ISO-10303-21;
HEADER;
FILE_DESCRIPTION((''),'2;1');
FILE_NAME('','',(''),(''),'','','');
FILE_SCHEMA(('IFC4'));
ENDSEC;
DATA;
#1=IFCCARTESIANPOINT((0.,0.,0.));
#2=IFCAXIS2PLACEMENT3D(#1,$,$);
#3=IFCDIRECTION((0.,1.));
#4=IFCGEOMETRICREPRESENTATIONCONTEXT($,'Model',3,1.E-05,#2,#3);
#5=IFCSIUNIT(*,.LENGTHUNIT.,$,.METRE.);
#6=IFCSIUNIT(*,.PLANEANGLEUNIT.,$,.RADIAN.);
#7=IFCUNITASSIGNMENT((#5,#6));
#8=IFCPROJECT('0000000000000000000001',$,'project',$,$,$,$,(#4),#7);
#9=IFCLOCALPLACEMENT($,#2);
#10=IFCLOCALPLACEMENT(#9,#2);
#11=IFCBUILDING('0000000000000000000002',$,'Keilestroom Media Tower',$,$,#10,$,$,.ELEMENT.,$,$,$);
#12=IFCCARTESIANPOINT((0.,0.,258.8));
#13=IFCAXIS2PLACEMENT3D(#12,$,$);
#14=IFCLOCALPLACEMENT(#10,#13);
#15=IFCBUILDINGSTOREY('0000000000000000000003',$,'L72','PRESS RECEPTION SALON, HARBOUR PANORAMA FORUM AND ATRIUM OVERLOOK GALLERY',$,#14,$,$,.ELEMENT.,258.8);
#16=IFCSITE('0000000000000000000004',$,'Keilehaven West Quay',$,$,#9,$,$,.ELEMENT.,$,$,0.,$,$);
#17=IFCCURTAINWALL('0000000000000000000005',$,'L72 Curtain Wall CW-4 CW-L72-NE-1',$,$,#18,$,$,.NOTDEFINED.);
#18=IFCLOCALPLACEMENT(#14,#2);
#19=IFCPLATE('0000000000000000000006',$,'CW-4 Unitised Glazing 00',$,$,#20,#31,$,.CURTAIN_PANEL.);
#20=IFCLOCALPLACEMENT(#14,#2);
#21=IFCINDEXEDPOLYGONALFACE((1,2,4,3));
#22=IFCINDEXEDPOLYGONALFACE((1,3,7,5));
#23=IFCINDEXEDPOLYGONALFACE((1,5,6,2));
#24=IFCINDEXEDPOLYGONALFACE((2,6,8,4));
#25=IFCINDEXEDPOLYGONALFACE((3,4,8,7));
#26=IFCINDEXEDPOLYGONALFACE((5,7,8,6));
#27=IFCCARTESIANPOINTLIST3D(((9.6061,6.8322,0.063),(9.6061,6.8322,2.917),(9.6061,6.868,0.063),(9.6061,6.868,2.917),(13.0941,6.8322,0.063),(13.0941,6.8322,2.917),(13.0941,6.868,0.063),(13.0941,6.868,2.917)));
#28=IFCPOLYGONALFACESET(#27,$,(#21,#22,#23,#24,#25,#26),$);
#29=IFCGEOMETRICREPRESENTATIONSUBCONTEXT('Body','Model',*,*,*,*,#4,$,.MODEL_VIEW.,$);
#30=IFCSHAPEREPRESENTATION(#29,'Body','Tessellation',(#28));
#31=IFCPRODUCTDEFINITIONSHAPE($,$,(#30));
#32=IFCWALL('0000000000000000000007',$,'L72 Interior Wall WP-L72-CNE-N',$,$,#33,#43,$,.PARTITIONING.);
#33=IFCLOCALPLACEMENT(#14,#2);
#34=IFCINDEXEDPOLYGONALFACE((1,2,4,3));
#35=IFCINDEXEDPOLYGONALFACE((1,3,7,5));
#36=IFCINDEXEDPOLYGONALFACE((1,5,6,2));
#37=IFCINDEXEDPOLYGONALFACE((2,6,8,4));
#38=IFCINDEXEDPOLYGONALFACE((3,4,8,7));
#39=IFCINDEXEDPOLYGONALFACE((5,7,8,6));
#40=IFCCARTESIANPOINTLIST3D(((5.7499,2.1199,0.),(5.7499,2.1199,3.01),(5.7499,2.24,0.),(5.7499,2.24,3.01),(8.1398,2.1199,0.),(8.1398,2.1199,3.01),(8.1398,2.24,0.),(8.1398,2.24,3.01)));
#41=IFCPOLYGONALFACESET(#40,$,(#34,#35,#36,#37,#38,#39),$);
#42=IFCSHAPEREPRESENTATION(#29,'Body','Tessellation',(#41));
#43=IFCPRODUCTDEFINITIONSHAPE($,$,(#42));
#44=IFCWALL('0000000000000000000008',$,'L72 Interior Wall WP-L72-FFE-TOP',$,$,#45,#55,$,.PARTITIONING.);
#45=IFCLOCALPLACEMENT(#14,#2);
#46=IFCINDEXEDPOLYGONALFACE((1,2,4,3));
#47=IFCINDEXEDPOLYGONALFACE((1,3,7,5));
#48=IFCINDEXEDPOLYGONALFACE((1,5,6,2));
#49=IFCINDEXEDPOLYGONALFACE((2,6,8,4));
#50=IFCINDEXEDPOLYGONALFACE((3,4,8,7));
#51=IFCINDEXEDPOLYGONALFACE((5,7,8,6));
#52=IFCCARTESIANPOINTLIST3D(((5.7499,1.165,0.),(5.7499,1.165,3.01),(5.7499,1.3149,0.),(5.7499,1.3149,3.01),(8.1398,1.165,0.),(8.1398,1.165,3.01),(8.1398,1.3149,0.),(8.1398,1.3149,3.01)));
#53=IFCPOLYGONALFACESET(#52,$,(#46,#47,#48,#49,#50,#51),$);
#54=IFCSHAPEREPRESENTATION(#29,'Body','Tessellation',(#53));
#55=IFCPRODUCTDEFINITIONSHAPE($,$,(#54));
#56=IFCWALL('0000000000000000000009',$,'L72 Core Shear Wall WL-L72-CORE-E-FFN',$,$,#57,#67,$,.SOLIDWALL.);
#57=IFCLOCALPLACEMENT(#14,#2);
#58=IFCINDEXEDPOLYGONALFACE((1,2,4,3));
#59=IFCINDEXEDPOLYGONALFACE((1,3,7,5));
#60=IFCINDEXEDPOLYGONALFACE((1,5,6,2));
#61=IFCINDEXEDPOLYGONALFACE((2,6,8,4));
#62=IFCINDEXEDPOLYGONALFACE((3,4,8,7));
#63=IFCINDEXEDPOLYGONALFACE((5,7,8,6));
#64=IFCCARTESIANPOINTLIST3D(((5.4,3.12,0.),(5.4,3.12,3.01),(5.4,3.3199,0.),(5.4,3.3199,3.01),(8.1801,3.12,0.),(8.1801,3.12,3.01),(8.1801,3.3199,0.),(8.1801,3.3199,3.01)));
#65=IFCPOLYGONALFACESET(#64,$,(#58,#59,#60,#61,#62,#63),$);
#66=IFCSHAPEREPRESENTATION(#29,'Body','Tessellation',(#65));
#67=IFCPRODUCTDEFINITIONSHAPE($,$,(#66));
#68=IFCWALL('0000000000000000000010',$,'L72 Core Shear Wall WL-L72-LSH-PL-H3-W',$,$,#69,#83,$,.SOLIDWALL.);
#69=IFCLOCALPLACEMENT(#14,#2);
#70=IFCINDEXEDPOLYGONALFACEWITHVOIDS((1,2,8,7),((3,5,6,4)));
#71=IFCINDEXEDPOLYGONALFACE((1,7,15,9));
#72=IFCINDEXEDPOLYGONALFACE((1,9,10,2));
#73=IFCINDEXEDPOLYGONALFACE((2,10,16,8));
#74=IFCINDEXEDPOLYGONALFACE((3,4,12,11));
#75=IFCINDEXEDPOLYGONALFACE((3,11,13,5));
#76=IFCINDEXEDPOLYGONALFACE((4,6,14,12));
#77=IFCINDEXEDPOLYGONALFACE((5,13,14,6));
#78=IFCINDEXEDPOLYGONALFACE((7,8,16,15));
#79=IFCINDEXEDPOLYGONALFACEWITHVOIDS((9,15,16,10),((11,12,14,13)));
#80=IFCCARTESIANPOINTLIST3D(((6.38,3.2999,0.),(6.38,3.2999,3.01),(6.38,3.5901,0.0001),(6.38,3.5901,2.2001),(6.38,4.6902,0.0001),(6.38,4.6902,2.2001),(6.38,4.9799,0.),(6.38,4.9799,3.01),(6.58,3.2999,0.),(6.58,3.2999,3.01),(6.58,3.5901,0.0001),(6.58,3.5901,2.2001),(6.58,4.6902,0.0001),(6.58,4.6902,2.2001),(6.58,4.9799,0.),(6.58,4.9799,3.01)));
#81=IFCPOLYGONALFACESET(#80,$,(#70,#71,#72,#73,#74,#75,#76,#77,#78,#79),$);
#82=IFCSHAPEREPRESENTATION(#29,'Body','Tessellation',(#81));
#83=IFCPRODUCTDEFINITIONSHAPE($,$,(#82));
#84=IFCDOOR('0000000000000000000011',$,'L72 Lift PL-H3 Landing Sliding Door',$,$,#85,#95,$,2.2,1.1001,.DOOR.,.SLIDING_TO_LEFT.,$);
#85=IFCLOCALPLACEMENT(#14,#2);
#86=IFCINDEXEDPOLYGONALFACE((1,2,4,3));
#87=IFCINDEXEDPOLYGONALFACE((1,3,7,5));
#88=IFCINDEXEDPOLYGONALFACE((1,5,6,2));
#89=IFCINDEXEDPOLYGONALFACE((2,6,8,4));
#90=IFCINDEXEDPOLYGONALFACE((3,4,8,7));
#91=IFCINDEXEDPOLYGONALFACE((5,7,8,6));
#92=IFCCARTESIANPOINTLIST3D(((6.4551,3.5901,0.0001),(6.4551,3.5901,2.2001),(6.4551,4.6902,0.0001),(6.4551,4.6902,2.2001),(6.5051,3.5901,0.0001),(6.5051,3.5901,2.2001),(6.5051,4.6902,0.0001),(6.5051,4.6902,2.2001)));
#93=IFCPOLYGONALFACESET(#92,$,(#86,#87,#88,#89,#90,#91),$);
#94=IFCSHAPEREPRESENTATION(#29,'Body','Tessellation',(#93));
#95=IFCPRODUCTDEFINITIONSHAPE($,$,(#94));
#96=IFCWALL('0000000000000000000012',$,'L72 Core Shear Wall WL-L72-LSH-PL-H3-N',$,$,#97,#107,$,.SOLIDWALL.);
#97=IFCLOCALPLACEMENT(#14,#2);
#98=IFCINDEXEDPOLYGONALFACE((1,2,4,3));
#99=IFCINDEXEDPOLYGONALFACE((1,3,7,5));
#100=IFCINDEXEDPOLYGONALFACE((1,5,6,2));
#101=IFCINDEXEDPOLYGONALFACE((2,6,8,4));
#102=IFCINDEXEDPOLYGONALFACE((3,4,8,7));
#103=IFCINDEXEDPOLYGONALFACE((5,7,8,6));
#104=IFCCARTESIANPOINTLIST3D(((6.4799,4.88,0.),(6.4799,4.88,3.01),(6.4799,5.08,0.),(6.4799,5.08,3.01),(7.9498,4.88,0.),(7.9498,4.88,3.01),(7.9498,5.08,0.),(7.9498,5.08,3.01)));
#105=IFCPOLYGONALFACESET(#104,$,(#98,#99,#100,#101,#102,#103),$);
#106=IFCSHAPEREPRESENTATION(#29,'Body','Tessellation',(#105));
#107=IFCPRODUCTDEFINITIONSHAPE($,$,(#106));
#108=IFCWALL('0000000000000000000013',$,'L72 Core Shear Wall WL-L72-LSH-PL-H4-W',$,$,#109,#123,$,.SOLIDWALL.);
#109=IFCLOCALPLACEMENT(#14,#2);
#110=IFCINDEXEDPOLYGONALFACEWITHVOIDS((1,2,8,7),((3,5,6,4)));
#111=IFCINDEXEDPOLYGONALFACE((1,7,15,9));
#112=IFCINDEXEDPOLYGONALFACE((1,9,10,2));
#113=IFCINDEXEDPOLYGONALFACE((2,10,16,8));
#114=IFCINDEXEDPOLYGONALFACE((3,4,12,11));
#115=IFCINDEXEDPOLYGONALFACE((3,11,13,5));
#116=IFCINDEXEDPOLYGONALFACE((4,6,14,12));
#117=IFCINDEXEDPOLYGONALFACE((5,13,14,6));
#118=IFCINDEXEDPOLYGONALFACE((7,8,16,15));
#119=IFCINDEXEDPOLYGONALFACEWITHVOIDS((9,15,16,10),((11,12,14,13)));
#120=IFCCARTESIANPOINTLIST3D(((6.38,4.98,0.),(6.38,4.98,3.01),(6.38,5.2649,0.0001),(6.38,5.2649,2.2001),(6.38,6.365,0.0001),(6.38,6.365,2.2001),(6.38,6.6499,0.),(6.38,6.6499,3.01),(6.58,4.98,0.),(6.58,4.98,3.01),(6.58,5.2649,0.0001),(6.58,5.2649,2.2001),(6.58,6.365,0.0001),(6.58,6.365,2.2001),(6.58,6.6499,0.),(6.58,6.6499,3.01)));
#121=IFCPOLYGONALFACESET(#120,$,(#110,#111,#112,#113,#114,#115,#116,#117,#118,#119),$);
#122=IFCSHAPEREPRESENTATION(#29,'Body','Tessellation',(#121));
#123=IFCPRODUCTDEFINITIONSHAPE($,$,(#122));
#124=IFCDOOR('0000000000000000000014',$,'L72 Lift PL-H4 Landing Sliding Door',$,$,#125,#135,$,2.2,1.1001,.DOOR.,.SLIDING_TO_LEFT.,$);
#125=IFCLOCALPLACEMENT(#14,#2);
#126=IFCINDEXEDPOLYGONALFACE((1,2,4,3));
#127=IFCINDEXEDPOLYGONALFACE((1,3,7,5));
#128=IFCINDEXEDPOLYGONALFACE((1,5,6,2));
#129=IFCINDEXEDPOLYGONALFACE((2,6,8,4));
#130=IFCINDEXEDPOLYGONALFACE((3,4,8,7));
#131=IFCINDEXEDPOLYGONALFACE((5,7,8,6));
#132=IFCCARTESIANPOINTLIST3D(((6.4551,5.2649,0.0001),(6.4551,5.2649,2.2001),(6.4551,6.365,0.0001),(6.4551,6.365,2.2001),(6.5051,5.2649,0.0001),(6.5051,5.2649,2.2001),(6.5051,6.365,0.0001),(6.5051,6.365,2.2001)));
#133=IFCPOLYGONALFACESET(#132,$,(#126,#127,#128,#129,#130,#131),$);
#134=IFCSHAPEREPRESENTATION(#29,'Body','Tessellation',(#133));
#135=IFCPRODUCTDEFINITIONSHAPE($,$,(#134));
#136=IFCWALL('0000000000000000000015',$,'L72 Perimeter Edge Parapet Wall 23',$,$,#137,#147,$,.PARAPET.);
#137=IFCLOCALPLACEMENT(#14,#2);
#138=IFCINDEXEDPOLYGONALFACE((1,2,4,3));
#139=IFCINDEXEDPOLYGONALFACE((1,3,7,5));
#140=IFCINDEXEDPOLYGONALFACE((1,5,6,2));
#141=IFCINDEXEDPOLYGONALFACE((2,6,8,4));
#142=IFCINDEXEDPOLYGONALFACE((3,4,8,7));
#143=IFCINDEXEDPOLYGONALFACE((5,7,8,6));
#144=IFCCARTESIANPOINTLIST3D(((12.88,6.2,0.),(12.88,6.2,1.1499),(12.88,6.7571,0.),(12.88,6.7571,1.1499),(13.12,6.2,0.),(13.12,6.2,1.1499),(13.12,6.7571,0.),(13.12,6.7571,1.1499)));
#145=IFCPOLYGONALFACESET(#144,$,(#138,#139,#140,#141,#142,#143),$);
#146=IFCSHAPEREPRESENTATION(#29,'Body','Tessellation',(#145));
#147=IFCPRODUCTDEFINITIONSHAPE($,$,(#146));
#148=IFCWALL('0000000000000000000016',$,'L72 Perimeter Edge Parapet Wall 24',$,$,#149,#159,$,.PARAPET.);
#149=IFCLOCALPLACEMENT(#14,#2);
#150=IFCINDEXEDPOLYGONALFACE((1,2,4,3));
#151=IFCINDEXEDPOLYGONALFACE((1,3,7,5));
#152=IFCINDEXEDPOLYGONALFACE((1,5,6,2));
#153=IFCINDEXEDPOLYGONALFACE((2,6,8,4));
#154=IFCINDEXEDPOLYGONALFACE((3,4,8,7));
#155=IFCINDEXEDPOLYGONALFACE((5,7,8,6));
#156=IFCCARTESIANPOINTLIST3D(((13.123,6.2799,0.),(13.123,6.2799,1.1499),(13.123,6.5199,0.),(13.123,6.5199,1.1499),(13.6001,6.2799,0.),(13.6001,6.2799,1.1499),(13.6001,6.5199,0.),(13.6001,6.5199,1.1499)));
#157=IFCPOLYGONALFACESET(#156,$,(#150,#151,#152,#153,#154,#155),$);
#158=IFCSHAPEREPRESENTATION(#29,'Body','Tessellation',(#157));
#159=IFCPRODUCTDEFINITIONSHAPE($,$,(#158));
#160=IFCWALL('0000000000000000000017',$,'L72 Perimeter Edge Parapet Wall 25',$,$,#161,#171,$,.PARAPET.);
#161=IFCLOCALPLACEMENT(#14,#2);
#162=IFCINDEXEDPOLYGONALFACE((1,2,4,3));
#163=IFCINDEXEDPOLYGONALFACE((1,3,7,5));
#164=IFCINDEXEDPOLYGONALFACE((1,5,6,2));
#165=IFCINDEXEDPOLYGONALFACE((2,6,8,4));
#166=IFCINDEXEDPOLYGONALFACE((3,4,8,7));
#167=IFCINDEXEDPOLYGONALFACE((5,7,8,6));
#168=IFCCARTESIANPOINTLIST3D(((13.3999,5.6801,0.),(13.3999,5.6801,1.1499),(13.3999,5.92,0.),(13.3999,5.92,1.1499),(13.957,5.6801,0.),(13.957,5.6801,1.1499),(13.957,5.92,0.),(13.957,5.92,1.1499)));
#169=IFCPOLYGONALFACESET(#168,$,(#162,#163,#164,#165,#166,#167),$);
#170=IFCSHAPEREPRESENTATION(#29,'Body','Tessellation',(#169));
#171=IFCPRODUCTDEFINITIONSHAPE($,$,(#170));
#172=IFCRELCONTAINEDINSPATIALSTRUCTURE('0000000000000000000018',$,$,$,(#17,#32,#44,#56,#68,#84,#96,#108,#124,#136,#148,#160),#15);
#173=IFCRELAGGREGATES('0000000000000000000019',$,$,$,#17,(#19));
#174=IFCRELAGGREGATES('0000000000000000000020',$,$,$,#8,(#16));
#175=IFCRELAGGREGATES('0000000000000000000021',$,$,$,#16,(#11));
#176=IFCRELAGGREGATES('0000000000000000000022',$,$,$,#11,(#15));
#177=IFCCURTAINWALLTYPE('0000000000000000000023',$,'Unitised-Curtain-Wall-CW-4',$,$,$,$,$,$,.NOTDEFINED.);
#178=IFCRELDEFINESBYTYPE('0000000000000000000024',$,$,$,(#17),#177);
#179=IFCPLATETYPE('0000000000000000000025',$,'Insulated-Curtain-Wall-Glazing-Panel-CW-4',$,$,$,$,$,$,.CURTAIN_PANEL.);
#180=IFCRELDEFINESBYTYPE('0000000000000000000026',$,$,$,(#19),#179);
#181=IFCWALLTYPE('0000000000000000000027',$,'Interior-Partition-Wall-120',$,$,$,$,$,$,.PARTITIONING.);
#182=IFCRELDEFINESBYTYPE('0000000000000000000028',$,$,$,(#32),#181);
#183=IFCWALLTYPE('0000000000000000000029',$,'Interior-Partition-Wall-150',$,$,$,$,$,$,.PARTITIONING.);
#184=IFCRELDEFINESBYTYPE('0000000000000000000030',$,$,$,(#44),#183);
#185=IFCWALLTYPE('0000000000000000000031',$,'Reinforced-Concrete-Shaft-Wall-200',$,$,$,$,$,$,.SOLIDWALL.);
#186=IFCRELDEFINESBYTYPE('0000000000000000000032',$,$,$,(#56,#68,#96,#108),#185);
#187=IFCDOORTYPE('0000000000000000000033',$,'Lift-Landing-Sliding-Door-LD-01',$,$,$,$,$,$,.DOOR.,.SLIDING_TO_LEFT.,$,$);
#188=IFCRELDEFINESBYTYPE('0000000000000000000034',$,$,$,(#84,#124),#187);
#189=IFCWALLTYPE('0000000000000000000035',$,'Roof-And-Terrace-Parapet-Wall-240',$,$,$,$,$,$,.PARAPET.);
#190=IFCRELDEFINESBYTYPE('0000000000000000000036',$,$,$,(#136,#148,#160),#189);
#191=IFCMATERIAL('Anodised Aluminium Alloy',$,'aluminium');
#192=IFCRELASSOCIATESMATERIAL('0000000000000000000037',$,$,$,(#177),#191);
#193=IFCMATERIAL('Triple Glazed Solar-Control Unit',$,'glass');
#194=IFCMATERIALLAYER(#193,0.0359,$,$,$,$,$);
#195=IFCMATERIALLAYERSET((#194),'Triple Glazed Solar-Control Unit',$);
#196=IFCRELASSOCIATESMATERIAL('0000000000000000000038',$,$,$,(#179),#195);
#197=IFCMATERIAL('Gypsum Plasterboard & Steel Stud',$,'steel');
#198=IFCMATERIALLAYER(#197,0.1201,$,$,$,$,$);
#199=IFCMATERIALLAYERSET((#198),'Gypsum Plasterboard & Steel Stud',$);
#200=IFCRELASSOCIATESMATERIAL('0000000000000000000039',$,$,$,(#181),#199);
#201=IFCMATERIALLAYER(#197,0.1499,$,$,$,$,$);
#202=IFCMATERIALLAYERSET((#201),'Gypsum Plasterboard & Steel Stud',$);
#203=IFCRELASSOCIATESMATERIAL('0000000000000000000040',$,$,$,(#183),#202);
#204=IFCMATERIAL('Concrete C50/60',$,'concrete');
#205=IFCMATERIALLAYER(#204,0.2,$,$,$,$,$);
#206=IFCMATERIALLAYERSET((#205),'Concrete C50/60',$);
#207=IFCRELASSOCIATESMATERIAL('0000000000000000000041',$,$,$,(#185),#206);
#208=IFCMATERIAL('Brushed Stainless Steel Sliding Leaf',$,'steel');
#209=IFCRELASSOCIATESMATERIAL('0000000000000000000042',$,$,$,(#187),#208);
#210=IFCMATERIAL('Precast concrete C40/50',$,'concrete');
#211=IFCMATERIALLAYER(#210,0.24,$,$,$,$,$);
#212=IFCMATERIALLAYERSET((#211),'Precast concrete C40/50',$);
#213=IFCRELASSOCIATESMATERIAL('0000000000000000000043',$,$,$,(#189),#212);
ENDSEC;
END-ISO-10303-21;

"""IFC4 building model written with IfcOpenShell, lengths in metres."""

from ifc_helpers import new_model, si_unit, direction, frame, frame_2d, origin, origin_2d, place, context, subcontext, project, spatial, rectangle, extrude, source, transform, mapped, material, layer, layer_set, type_object, element, fill, aggregate, save


model = new_model("IFC4")

# Units and contexts
model_context = context("Model", 3, precision=1e-05, world=origin(), true_north=direction((0.0, 1.0)))
body_context = subcontext(model_context, "Body", "Model", "MODEL_VIEW")
ifc_project = project(units=[si_unit("LENGTHUNIT", "METRE"), si_unit("PLANEANGLEUNIT", "RADIAN")], contexts=[model_context])

# Site, building, storey
site_placement = place(None, origin())
site = spatial("IfcSite", under=ifc_project, at=site_placement, Name="Keilehaven West Quay", CompositionType="ELEMENT", RefElevation=0.0)
building_placement = place(site_placement, origin())
building = spatial("IfcBuilding", under=site, at=building_placement, Name="Keilestroom Media Tower", CompositionType="ELEMENT")
storey_placement = place(building_placement, frame((0.0, 0.0, 258.8)))
storey = spatial("IfcBuildingStorey", under=building, at=storey_placement, Name="L72", Description="PRESS RECEPTION SALON, HARBOUR PANORAMA FORUM AND ATRIUM OVERLOOK GALLERY", CompositionType="ELEMENT", Elevation=258.8)

# Shared definitions
ifc_material_1 = material(Name="Precast concrete C40/50", Category="concrete")

# Curtain wall
ifc_material_2 = material(Name="Anodised Aluminium Alloy", Category="aluminium")
curtain_wall_type = type_object("IfcCurtainWallType", Name="Unitised-Curtain-Wall-CW-4", PredefinedType="NOTDEFINED", material=ifc_material_2)
curtain_wall_1_placement = place(storey_placement, origin())
curtain_wall_1 = element("IfcCurtainWall", 1, at=curtain_wall_1_placement, inside=storey, type_object=curtain_wall_type, Name="L72 Curtain Wall CW-4 CW-L72-NE-1", PredefinedType="NOTDEFINED")

# Plate
ifc_material_3 = material(Name="Triple Glazed Solar-Control Unit", Category="glass")
ifc_layer_1 = layer(ifc_material_3, 0.0359)
ifc_layer_set_1 = layer_set([ifc_layer_1], Name="Triple Glazed Solar-Control Unit")
plate_type = type_object("IfcPlateType", Name="Insulated-Curtain-Wall-Glazing-Panel-CW-4", PredefinedType="CURTAIN_PANEL", material=ifc_layer_set_1)
shared_shape_1 = source(origin(), body_context, "Body", "SweptSolid", [
    extrude(rectangle(XDim=3.488, YDim=0.0359, at=origin_2d()), origin(), (0.0, 0.0, 1.0), 2.854),
])
plate_1_placement = place(storey_placement, frame((11.3501, 6.8501, 0.063), z_axis=(0.0, 0.0, 1.0), x_axis=(1.0, 0.0, 0.0)))
plate_1 = element("IfcPlate", 2, at=plate_1_placement, type_object=plate_type, Name="CW-4 Unitised Glazing 00", PredefinedType="CURTAIN_PANEL", context=body_context, shape_type="MappedRepresentation", body=[
    mapped(shared_shape_1, transform((0.0, 0.0, 0.0), x_axis=(1.0, 0.0, 0.0), y_axis=(0.0, 1.0, 0.0), z_axis=(0.0, 0.0, 1.0), scale=1.0)),
])
aggregate(curtain_wall_1, [plate_1])

# Walls
ifc_material_4 = material(Name="Gypsum Plasterboard & Steel Stud", Category="steel")
ifc_layer_2 = layer(ifc_material_4, 0.1201)
ifc_layer_set_2 = layer_set([ifc_layer_2], Name="Gypsum Plasterboard & Steel Stud")
wall_type_1 = type_object("IfcWallType", Name="Interior-Partition-Wall-120", PredefinedType="PARTITIONING", material=ifc_layer_set_2)
wall_1_placement = place(storey_placement, frame((5.75, 2.1799, 0.0), z_axis=(0.0, 0.0, 1.0), x_axis=(1.0, 0.0, 0.0)))
element("IfcWall", 3, at=wall_1_placement, inside=storey, type_object=wall_type_1, Name="L72 Interior Wall WP-L72-CNE-N", PredefinedType="PARTITIONING", context=body_context, shape_type="SweptSolid", body=[
    extrude(rectangle(XDim=2.3899, YDim=0.1201, at=frame_2d((1.1948, 0.0))), origin(), (0.0, 0.0, 1.0), 3.01),
])
ifc_layer_3 = layer(ifc_material_4, 0.1499)
ifc_layer_set_3 = layer_set([ifc_layer_3], Name="Gypsum Plasterboard & Steel Stud")
wall_type_2 = type_object("IfcWallType", Name="Interior-Partition-Wall-150", PredefinedType="PARTITIONING", material=ifc_layer_set_3)
wall_2_placement = place(storey_placement, frame((5.75, 1.24, 0.0), z_axis=(0.0, 0.0, 1.0), x_axis=(1.0, 0.0, 0.0)))
element("IfcWall", 4, at=wall_2_placement, inside=storey, type_object=wall_type_2, Name="L72 Interior Wall WP-L72-FFE-TOP", PredefinedType="PARTITIONING", context=body_context, shape_type="SweptSolid", body=[
    extrude(rectangle(XDim=2.3899, YDim=0.1499, at=frame_2d((1.1948, 0.0))), origin(), (0.0, 0.0, 1.0), 3.01),
])
ifc_material_5 = material(Name="Concrete C50/60", Category="concrete")
ifc_layer_4 = layer(ifc_material_5, 0.2)
ifc_layer_set_4 = layer_set([ifc_layer_4], Name="Concrete C50/60")
wall_type_3 = type_object("IfcWallType", Name="Reinforced-Concrete-Shaft-Wall-200", PredefinedType="SOLIDWALL", material=ifc_layer_set_4)
wall_3_placement = place(storey_placement, frame((5.3999, 3.22, 0.0), z_axis=(0.0, 0.0, 1.0), x_axis=(1.0, 0.0, 0.0)))
element("IfcWall", 5, at=wall_3_placement, inside=storey, type_object=wall_type_3, Name="L72 Core Shear Wall WL-L72-CORE-E-FFN", PredefinedType="SOLIDWALL", context=body_context, shape_type="SweptSolid", body=[
    extrude(rectangle(XDim=2.78, YDim=0.2, at=frame_2d((1.3901, 0.0))), origin(), (0.0, 0.0, 1.0), 3.01),
])

# Wall, opening, door
wall_4_placement = place(storey_placement, frame((6.48, 3.3, 0.0), z_axis=(0.0, 0.0, 1.0), x_axis=(0.0, 1.0, 0.0)))
wall_4 = element("IfcWall", 6, at=wall_4_placement, inside=storey, type_object=wall_type_3, Name="L72 Core Shear Wall WL-L72-LSH-PL-H3-W", PredefinedType="SOLIDWALL", context=body_context, shape_type="SweptSolid", body=[
    extrude(rectangle(XDim=1.6799, YDim=0.2, at=frame_2d((0.8398, 0.0))), origin(), (0.0, 0.0, 1.0), 3.01),
])
opening_1_placement = place(wall_4_placement, frame((0.29, 0.0, 0.0)))
opening_1 = element("IfcOpeningElement", 7, at=opening_1_placement, cuts=wall_4, PredefinedType="OPENING", context=body_context, shape_type="SweptSolid", body=[
    extrude(rectangle(XDim=1.1001, YDim=2.2, at=frame_2d((0.55, 1.1001))), frame((0.0, 0.1099, 0.0), z_axis=(0.0, -1.0, 0.0), x_axis=(1.0, 0.0, 0.0)), (0.0, 0.0, 1.0), 0.22),
])
ifc_material_6 = material(Name="Brushed Stainless Steel Sliding Leaf", Category="steel")
door_type = type_object("IfcDoorType", Name="Lift-Landing-Sliding-Door-LD-01", OperationType="SLIDING_TO_LEFT", PredefinedType="DOOR", material=ifc_material_6)
shared_shape_2 = source(origin(), body_context, "Body", "SweptSolid", [
    extrude(rectangle(XDim=1.1001, YDim=2.2, at=frame_2d((0.55, 1.1001))), frame((0.0, 0.0249, 0.0), z_axis=(0.0, -1.0, 0.0), x_axis=(1.0, 0.0, 0.0)), (0.0, 0.0, 1.0), 0.05),
])
door_1_placement = place(opening_1_placement, origin())
door_1 = element("IfcDoor", 8, at=door_1_placement, inside=storey, type_object=door_type, Name="L72 Lift PL-H3 Landing Sliding Door", OperationType="SLIDING_TO_LEFT", OverallHeight=2.2, OverallWidth=1.1001, PredefinedType="DOOR", context=body_context, shape_type="MappedRepresentation", body=[
    mapped(shared_shape_2, transform((0.0, 0.0, 0.0), x_axis=(1.0, 0.0, 0.0), y_axis=(0.0, 1.0, 0.0), z_axis=(0.0, 0.0, 1.0), scale=1.0)),
])
fill(opening_1, door_1)

# Wall
wall_5_placement = place(storey_placement, frame((6.48, 4.98, 0.0), z_axis=(0.0, 0.0, 1.0), x_axis=(1.0, 0.0, 0.0)))
element("IfcWall", 9, at=wall_5_placement, inside=storey, type_object=wall_type_3, Name="L72 Core Shear Wall WL-L72-LSH-PL-H3-N", PredefinedType="SOLIDWALL", context=body_context, shape_type="SweptSolid", body=[
    extrude(rectangle(XDim=1.47, YDim=0.2, at=frame_2d((0.7349, 0.0))), origin(), (0.0, 0.0, 1.0), 3.01),
])

# Wall, opening, door
wall_6_placement = place(storey_placement, frame((6.48, 4.98, 0.0), z_axis=(0.0, 0.0, 1.0), x_axis=(0.0, 1.0, 0.0)))
wall_6 = element("IfcWall", 10, at=wall_6_placement, inside=storey, type_object=wall_type_3, Name="L72 Core Shear Wall WL-L72-LSH-PL-H4-W", PredefinedType="SOLIDWALL", context=body_context, shape_type="SweptSolid", body=[
    extrude(rectangle(XDim=1.6699, YDim=0.2, at=frame_2d((0.835, 0.0))), origin(), (0.0, 0.0, 1.0), 3.01),
])
opening_2_placement = place(wall_6_placement, frame((0.2849, 0.0, 0.0)))
opening_2 = element("IfcOpeningElement", 11, at=opening_2_placement, cuts=wall_6, PredefinedType="OPENING", context=body_context, shape_type="SweptSolid", body=[
    extrude(rectangle(XDim=1.1001, YDim=2.2, at=frame_2d((0.55, 1.1001))), frame((0.0, 0.1099, 0.0), z_axis=(0.0, -1.0, 0.0), x_axis=(1.0, 0.0, 0.0)), (0.0, 0.0, 1.0), 0.22),
])
door_2_placement = place(opening_2_placement, origin())
door_2 = element("IfcDoor", 12, at=door_2_placement, inside=storey, type_object=door_type, Name="L72 Lift PL-H4 Landing Sliding Door", OperationType="SLIDING_TO_LEFT", OverallHeight=2.2, OverallWidth=1.1001, PredefinedType="DOOR", context=body_context, shape_type="MappedRepresentation", body=[
    mapped(shared_shape_2, transform((0.0, 0.0, 0.0), x_axis=(1.0, 0.0, 0.0), y_axis=(0.0, 1.0, 0.0), z_axis=(0.0, 0.0, 1.0), scale=1.0)),
])
fill(opening_2, door_2)

# Walls
ifc_layer_5 = layer(ifc_material_1, 0.24)
ifc_layer_set_5 = layer_set([ifc_layer_5], Name="Precast concrete C40/50")
wall_type_4 = type_object("IfcWallType", Name="Roof-And-Terrace-Parapet-Wall-240", PredefinedType="PARAPET", material=ifc_layer_set_5)
wall_7_placement = place(storey_placement, frame((13.0, 6.7571, 0.0), z_axis=(0.0, 0.0, 1.0), x_axis=(0.0, -1.0, 0.0)))
element("IfcWall", 13, at=wall_7_placement, inside=storey, type_object=wall_type_4, Name="L72 Perimeter Edge Parapet Wall 23", PredefinedType="PARAPET", context=body_context, shape_type="SweptSolid", body=[
    extrude(rectangle(XDim=0.5571, YDim=0.24, at=frame_2d((0.2786, 0.0))), origin(), (0.0, 0.0, 1.0), 1.1499),
])
wall_8_placement = place(storey_placement, frame((13.123, 6.3999, 0.0), z_axis=(0.0, 0.0, 1.0), x_axis=(1.0, 0.0, 0.0)))
element("IfcWall", 14, at=wall_8_placement, inside=storey, type_object=wall_type_4, Name="L72 Perimeter Edge Parapet Wall 24", PredefinedType="PARAPET", context=body_context, shape_type="SweptSolid", body=[
    extrude(rectangle(XDim=0.4771, YDim=0.24, at=frame_2d((0.2385, 0.0))), origin(), (0.0, 0.0, 1.0), 1.1499),
])
wall_9_placement = place(storey_placement, frame((13.3999, 5.8, 0.0), z_axis=(0.0, 0.0, 1.0), x_axis=(1.0, 0.0, 0.0)))
element("IfcWall", 15, at=wall_9_placement, inside=storey, type_object=wall_type_4, Name="L72 Perimeter Edge Parapet Wall 25", PredefinedType="PARAPET", context=body_context, shape_type="SweptSolid", body=[
    extrude(rectangle(XDim=0.5571, YDim=0.24, at=frame_2d((0.2786, 0.0))), origin(), (0.0, 0.0, 1.0), 1.1499),
])

save(model, "model.ifc")
